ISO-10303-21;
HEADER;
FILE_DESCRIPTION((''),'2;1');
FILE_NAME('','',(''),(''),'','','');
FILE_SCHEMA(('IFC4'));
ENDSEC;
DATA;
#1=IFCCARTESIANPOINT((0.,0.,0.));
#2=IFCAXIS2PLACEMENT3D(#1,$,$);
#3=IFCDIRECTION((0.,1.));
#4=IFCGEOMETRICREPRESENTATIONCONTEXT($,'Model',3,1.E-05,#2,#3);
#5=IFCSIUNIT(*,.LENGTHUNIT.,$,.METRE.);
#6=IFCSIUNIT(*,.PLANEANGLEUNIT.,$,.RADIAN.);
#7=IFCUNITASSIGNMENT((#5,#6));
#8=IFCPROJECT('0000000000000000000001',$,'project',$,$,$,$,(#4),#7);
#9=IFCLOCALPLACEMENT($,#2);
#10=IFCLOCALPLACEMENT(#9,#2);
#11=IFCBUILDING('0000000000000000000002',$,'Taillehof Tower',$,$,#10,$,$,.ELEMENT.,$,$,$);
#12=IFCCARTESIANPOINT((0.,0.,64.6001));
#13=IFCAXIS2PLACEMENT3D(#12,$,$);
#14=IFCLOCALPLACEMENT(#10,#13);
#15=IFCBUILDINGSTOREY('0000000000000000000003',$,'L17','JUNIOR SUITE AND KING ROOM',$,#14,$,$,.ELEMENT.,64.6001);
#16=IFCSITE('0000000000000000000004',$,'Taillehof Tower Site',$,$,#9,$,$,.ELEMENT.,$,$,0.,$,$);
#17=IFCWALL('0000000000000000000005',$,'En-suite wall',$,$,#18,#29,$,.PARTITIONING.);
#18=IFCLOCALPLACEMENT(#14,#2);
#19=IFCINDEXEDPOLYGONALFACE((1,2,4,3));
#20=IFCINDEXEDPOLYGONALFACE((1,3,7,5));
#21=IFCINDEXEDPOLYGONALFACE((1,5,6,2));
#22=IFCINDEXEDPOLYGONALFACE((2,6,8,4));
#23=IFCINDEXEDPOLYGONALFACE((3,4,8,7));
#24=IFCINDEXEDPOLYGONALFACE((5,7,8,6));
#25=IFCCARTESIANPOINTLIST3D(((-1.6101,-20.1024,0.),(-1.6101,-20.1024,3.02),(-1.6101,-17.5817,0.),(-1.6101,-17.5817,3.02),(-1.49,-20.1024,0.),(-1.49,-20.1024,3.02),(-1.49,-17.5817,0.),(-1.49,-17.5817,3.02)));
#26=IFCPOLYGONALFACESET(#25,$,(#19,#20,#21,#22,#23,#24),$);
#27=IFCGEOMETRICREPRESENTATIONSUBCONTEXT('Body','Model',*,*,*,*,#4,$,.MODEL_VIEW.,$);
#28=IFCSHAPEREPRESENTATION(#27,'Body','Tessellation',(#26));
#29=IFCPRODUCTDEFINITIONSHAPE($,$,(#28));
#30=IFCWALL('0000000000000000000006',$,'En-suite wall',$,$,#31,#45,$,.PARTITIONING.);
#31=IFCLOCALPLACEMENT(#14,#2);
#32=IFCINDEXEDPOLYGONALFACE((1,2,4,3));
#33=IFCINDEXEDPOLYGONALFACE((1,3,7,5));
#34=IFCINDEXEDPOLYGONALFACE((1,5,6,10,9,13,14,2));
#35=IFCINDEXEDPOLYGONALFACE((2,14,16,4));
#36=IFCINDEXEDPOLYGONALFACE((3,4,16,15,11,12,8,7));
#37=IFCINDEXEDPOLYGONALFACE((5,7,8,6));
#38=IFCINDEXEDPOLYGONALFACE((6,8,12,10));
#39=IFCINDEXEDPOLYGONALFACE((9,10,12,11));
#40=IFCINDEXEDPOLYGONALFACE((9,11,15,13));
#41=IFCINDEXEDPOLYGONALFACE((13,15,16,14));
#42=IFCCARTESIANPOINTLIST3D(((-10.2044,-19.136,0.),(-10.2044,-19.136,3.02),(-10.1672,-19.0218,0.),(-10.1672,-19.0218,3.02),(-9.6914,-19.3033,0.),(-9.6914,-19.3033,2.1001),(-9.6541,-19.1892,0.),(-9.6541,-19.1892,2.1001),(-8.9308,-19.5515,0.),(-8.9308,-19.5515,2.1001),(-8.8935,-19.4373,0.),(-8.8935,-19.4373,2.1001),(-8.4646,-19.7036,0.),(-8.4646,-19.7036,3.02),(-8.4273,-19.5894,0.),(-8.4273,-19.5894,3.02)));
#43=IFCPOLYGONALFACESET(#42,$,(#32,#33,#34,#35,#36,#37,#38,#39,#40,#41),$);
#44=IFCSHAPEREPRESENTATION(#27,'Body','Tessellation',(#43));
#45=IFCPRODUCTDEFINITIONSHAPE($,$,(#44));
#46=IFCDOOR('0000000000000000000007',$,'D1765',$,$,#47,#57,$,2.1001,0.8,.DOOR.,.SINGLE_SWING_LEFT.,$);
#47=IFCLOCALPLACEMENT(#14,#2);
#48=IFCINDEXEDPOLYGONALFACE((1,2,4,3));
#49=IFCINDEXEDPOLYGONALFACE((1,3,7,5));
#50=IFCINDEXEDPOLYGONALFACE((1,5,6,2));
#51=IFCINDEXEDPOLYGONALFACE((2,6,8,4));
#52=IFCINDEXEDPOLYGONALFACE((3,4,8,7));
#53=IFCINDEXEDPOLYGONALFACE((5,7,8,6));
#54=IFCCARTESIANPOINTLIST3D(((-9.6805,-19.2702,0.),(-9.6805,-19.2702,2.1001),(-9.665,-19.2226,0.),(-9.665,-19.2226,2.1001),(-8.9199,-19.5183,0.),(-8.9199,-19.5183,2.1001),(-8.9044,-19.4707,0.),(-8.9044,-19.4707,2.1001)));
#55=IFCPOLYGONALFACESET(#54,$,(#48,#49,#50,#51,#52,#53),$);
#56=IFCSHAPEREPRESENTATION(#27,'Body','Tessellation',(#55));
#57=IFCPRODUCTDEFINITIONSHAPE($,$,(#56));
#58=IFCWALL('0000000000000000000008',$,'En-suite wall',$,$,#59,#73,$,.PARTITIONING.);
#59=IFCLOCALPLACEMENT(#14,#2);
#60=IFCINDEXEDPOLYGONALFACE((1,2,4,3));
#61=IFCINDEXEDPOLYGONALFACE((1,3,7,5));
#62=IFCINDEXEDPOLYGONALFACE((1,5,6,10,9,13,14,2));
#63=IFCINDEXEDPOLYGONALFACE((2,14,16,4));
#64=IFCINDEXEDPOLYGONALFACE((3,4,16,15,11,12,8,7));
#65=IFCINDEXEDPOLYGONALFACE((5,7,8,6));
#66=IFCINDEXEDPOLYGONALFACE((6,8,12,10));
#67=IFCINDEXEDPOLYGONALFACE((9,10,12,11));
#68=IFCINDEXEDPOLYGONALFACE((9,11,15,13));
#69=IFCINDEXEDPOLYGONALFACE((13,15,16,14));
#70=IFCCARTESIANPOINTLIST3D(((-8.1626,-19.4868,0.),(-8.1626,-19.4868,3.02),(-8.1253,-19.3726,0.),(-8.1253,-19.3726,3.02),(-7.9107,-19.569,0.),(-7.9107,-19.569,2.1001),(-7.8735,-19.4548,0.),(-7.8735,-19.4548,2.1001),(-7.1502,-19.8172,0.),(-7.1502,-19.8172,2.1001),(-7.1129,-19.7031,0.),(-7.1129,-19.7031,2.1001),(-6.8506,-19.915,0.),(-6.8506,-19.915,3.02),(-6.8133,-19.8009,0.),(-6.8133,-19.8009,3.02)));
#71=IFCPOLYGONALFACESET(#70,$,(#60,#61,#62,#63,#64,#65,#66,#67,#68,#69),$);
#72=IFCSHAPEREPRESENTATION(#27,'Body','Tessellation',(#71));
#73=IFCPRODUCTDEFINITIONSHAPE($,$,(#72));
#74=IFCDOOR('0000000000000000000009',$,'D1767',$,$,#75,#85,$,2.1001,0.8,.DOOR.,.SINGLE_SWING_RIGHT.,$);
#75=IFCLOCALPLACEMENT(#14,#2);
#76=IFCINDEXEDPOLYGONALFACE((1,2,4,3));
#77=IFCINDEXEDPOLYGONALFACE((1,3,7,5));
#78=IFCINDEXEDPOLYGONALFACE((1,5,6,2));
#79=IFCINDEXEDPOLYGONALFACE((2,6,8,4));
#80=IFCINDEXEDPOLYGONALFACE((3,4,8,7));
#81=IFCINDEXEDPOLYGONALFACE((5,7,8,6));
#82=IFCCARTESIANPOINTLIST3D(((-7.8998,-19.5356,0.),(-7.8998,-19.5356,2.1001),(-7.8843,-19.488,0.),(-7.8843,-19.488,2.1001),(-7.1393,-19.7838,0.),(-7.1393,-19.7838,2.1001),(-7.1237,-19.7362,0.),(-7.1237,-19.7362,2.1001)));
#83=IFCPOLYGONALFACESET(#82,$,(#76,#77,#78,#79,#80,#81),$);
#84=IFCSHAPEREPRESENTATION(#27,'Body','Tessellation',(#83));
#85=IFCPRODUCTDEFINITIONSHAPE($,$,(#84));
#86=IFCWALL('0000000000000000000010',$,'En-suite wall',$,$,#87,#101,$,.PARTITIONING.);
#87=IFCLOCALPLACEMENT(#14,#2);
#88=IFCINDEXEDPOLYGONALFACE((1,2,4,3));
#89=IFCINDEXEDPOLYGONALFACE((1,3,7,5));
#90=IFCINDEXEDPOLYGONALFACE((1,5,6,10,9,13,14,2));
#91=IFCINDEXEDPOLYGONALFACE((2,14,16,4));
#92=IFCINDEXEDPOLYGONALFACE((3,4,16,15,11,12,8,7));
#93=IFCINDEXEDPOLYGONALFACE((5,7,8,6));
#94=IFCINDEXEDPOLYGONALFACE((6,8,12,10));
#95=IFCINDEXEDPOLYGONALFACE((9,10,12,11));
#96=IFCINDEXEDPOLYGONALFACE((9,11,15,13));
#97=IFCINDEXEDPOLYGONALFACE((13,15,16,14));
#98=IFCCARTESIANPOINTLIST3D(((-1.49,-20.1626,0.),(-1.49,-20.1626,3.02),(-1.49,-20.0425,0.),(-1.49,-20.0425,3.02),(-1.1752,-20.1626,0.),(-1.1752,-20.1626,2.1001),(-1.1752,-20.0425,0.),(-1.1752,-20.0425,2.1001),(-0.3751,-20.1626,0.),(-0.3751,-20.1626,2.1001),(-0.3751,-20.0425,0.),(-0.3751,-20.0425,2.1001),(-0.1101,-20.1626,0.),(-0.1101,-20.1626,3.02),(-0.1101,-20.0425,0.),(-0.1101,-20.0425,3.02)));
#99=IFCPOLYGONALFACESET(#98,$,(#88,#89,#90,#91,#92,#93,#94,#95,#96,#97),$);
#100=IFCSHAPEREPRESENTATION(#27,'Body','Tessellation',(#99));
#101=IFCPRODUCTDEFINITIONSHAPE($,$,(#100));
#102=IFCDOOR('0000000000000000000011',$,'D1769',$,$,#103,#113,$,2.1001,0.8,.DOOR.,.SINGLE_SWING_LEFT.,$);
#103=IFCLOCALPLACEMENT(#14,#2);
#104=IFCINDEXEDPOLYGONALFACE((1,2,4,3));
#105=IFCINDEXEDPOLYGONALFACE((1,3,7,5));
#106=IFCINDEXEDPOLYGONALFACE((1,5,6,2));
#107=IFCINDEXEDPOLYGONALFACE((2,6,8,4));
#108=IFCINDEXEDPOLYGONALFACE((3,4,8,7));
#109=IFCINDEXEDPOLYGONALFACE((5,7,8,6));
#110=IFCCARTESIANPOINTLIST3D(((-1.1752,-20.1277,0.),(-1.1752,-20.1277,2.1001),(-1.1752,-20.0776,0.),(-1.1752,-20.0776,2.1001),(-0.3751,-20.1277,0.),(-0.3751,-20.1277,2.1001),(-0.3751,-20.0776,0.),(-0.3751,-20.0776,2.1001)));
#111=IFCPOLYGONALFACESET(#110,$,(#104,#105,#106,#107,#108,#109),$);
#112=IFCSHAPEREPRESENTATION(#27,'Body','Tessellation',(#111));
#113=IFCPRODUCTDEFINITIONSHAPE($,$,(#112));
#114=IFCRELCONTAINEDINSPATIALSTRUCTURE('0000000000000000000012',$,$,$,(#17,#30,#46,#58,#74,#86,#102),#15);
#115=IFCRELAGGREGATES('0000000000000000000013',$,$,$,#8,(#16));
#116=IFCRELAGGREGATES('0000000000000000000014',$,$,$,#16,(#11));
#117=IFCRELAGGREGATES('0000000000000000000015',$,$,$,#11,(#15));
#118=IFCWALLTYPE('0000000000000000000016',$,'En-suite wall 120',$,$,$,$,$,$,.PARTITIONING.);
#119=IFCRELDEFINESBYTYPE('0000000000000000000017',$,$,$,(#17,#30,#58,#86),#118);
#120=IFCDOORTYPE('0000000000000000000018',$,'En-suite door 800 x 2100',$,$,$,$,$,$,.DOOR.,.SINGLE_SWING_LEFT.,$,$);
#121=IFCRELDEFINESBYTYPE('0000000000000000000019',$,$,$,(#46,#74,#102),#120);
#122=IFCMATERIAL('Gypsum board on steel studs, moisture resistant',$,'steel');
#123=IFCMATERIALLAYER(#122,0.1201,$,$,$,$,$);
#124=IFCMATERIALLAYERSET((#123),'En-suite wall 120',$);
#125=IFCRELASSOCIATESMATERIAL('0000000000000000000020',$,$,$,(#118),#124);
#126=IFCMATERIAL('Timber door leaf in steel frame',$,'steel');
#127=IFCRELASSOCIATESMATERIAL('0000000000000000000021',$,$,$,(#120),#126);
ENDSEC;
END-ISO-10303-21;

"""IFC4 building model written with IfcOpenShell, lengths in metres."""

from ifc_helpers import new_model, si_unit, direction, frame, frame_2d, origin, place, context, subcontext, project, spatial, rectangle, extrude, material, layer, layer_set, type_object, element, fill, save


model = new_model("IFC4")

# Units and contexts
model_context = context("Model", 3, precision=1e-05, world=origin(), true_north=direction((0.0, 1.0)))
body_context = subcontext(model_context, "Body", "Model", "MODEL_VIEW")
ifc_project = project(units=[si_unit("LENGTHUNIT", "METRE"), si_unit("PLANEANGLEUNIT", "RADIAN")], contexts=[model_context])

# Site, building, storey
site_placement = place(None, origin())
site = spatial("IfcSite", under=ifc_project, at=site_placement, Name="Taillehof Tower Site", CompositionType="ELEMENT", RefElevation=0.0)
building_placement = place(site_placement, origin())
building = spatial("IfcBuilding", under=site, at=building_placement, Name="Taillehof Tower", CompositionType="ELEMENT")
storey_placement = place(building_placement, frame((0.0, 0.0, 64.6001)))
storey = spatial("IfcBuildingStorey", under=building, at=storey_placement, Name="L17", Description="JUNIOR SUITE AND KING ROOM", CompositionType="ELEMENT", Elevation=64.6001)

# Wall
ifc_material_1 = material(Name="Gypsum board on steel studs, moisture resistant", Category="steel")
ifc_layer_1 = layer(ifc_material_1, 0.1201)
ifc_layer_set_1 = layer_set([ifc_layer_1], Name="En-suite wall 120")
wall_type_1 = type_object("IfcWallType", Name="En-suite wall 120", PredefinedType="PARTITIONING", material=ifc_layer_set_1)
wall_1_placement = place(storey_placement, frame((-1.55, -17.5818, 0.0), z_axis=(0.0, 0.0, 1.0), x_axis=(0.0, -1.0, 0.0)))
element("IfcWall", 1, at=wall_1_placement, inside=storey, type_object=wall_type_1, Name="En-suite wall", PredefinedType="PARTITIONING", context=body_context, shape_type="SweptSolid", body=[
    extrude(rectangle(XDim=2.5208, YDim=0.1201, at=frame_2d((1.2603, 0.0))), origin(), (0.0, 0.0, 1.0), 3.02),
])

# Walls, openings, doors
wall_2_placement = place(storey_placement, frame((-10.1858, -19.0789, 0.0), z_axis=(0.0, 0.0, 1.0), x_axis=(0.950679, -0.310178, 0.0)))
wall_2 = element("IfcWall", 2, at=wall_2_placement, inside=storey, type_object=wall_type_1, Name="En-suite wall", PredefinedType="PARTITIONING", context=body_context, shape_type="SweptSolid", body=[
    extrude(rectangle(XDim=1.8301, YDim=0.1201, at=frame_2d((0.915, 0.0))), origin(), (0.0, 0.0, 1.0), 3.02),
])
opening_1_placement = place(wall_2_placement, frame((0.5398, 0.0, 0.0)))
opening_1 = element("IfcOpeningElement", 3, at=opening_1_placement, cuts=wall_2, PredefinedType="OPENING", context=body_context, shape_type="SweptSolid", body=[
    extrude(rectangle(XDim=0.8, YDim=2.1001, at=frame_2d((0.3999, 1.05))), frame((0.0, 0.0701, 0.0), z_axis=(0.0, -1.0, 0.0), x_axis=(1.0, 0.0, 0.0)), (0.0, 0.0, 1.0), 0.1401),
])
ifc_material_2 = material(Name="Timber door leaf in steel frame", Category="steel")
door_type_1 = type_object("IfcDoorType", Name="En-suite door 800 x 2100", OperationType="SINGLE_SWING_LEFT", PredefinedType="DOOR", material=ifc_material_2)
door_1_placement = place(opening_1_placement, origin())
door_1 = element("IfcDoor", 4, at=door_1_placement, inside=storey, type_object=door_type_1, Name="D1765", OperationType="SINGLE_SWING_LEFT", OverallHeight=2.1001, OverallWidth=0.8, PredefinedType="DOOR", context=body_context, shape_type="SweptSolid", body=[
    extrude(rectangle(XDim=0.8, YDim=2.1001, at=frame_2d((0.3999, 1.05))), frame((0.0, 0.0249, 0.0), z_axis=(0.0, -1.0, 0.0), x_axis=(1.0, 0.0, 0.0)), (0.0, 0.0, 1.0), 0.05),
])
fill(opening_1, door_1)
wall_3_placement = place(storey_placement, frame((-6.832, -19.8579, 0.0), z_axis=(0.0, 0.0, 1.0), x_axis=(-0.950646, 0.310278, 0.0)))
wall_3 = element("IfcWall", 5, at=wall_3_placement, inside=storey, type_object=wall_type_1, Name="En-suite wall", PredefinedType="PARTITIONING", context=body_context, shape_type="SweptSolid", body=[
    extrude(rectangle(XDim=1.3801, YDim=0.1201, at=frame_2d((0.6899, 0.0))), origin(), (0.0, 0.0, 1.0), 3.02),
])
opening_2_placement = place(wall_3_placement, frame((0.3152, 0.0, 0.0)))
opening_2 = element("IfcOpeningElement", 6, at=opening_2_placement, cuts=wall_3, PredefinedType="OPENING", context=body_context, shape_type="SweptSolid", body=[
    extrude(rectangle(XDim=0.8, YDim=2.1001, at=frame_2d((0.3999, 1.05))), frame((0.0, 0.0701, 0.0), z_axis=(0.0, -1.0, 0.0), x_axis=(1.0, 0.0, 0.0)), (0.0, 0.0, 1.0), 0.1401),
])
door_2_placement = place(opening_2_placement, origin())
door_2 = element("IfcDoor", 7, at=door_2_placement, inside=storey, type_object=door_type_1, Name="D1767", OperationType="SINGLE_SWING_RIGHT", OverallHeight=2.1001, OverallWidth=0.8, PredefinedType="DOOR", context=body_context, shape_type="SweptSolid", body=[
    extrude(rectangle(XDim=0.8, YDim=2.1001, at=frame_2d((0.3999, 1.05))), frame((0.0, 0.0249, 0.0), z_axis=(0.0, -1.0, 0.0), x_axis=(1.0, 0.0, 0.0)), (0.0, 0.0, 1.0), 0.05),
])
fill(opening_2, door_2)
wall_4_placement = place(storey_placement, frame((-1.49, -20.1025, 0.0), z_axis=(0.0, 0.0, 1.0), x_axis=(1.0, 0.0, 0.0)))
wall_4 = element("IfcWall", 8, at=wall_4_placement, inside=storey, type_object=wall_type_1, Name="En-suite wall", PredefinedType="PARTITIONING", context=body_context, shape_type="SweptSolid", body=[
    extrude(rectangle(XDim=1.3799, YDim=0.1201, at=frame_2d((0.6899, 0.0))), origin(), (0.0, 0.0, 1.0), 3.02),
])
opening_3_placement = place(wall_4_placement, frame((0.3149, 0.0, 0.0)))
opening_3 = element("IfcOpeningElement", 9, at=opening_3_placement, cuts=wall_4, PredefinedType="OPENING", context=body_context, shape_type="SweptSolid", body=[
    extrude(rectangle(XDim=0.8, YDim=2.1001, at=frame_2d((0.3999, 1.05))), frame((0.0, 0.0701, 0.0), z_axis=(0.0, -1.0, 0.0), x_axis=(1.0, 0.0, 0.0)), (0.0, 0.0, 1.0), 0.1401),
])
door_3_placement = place(opening_3_placement, origin())
door_3 = element("IfcDoor", 10, at=door_3_placement, inside=storey, type_object=door_type_1, Name="D1769", OperationType="SINGLE_SWING_LEFT", OverallHeight=2.1001, OverallWidth=0.8, PredefinedType="DOOR", context=body_context, shape_type="SweptSolid", body=[
    extrude(rectangle(XDim=0.8, YDim=2.1001, at=frame_2d((0.3999, 1.05))), frame((0.0, 0.0249, 0.0), z_axis=(0.0, -1.0, 0.0), x_axis=(1.0, 0.0, 0.0)), (0.0, 0.0, 1.0), 0.05),
])
fill(opening_3, door_3)

save(model, "model.ifc")
